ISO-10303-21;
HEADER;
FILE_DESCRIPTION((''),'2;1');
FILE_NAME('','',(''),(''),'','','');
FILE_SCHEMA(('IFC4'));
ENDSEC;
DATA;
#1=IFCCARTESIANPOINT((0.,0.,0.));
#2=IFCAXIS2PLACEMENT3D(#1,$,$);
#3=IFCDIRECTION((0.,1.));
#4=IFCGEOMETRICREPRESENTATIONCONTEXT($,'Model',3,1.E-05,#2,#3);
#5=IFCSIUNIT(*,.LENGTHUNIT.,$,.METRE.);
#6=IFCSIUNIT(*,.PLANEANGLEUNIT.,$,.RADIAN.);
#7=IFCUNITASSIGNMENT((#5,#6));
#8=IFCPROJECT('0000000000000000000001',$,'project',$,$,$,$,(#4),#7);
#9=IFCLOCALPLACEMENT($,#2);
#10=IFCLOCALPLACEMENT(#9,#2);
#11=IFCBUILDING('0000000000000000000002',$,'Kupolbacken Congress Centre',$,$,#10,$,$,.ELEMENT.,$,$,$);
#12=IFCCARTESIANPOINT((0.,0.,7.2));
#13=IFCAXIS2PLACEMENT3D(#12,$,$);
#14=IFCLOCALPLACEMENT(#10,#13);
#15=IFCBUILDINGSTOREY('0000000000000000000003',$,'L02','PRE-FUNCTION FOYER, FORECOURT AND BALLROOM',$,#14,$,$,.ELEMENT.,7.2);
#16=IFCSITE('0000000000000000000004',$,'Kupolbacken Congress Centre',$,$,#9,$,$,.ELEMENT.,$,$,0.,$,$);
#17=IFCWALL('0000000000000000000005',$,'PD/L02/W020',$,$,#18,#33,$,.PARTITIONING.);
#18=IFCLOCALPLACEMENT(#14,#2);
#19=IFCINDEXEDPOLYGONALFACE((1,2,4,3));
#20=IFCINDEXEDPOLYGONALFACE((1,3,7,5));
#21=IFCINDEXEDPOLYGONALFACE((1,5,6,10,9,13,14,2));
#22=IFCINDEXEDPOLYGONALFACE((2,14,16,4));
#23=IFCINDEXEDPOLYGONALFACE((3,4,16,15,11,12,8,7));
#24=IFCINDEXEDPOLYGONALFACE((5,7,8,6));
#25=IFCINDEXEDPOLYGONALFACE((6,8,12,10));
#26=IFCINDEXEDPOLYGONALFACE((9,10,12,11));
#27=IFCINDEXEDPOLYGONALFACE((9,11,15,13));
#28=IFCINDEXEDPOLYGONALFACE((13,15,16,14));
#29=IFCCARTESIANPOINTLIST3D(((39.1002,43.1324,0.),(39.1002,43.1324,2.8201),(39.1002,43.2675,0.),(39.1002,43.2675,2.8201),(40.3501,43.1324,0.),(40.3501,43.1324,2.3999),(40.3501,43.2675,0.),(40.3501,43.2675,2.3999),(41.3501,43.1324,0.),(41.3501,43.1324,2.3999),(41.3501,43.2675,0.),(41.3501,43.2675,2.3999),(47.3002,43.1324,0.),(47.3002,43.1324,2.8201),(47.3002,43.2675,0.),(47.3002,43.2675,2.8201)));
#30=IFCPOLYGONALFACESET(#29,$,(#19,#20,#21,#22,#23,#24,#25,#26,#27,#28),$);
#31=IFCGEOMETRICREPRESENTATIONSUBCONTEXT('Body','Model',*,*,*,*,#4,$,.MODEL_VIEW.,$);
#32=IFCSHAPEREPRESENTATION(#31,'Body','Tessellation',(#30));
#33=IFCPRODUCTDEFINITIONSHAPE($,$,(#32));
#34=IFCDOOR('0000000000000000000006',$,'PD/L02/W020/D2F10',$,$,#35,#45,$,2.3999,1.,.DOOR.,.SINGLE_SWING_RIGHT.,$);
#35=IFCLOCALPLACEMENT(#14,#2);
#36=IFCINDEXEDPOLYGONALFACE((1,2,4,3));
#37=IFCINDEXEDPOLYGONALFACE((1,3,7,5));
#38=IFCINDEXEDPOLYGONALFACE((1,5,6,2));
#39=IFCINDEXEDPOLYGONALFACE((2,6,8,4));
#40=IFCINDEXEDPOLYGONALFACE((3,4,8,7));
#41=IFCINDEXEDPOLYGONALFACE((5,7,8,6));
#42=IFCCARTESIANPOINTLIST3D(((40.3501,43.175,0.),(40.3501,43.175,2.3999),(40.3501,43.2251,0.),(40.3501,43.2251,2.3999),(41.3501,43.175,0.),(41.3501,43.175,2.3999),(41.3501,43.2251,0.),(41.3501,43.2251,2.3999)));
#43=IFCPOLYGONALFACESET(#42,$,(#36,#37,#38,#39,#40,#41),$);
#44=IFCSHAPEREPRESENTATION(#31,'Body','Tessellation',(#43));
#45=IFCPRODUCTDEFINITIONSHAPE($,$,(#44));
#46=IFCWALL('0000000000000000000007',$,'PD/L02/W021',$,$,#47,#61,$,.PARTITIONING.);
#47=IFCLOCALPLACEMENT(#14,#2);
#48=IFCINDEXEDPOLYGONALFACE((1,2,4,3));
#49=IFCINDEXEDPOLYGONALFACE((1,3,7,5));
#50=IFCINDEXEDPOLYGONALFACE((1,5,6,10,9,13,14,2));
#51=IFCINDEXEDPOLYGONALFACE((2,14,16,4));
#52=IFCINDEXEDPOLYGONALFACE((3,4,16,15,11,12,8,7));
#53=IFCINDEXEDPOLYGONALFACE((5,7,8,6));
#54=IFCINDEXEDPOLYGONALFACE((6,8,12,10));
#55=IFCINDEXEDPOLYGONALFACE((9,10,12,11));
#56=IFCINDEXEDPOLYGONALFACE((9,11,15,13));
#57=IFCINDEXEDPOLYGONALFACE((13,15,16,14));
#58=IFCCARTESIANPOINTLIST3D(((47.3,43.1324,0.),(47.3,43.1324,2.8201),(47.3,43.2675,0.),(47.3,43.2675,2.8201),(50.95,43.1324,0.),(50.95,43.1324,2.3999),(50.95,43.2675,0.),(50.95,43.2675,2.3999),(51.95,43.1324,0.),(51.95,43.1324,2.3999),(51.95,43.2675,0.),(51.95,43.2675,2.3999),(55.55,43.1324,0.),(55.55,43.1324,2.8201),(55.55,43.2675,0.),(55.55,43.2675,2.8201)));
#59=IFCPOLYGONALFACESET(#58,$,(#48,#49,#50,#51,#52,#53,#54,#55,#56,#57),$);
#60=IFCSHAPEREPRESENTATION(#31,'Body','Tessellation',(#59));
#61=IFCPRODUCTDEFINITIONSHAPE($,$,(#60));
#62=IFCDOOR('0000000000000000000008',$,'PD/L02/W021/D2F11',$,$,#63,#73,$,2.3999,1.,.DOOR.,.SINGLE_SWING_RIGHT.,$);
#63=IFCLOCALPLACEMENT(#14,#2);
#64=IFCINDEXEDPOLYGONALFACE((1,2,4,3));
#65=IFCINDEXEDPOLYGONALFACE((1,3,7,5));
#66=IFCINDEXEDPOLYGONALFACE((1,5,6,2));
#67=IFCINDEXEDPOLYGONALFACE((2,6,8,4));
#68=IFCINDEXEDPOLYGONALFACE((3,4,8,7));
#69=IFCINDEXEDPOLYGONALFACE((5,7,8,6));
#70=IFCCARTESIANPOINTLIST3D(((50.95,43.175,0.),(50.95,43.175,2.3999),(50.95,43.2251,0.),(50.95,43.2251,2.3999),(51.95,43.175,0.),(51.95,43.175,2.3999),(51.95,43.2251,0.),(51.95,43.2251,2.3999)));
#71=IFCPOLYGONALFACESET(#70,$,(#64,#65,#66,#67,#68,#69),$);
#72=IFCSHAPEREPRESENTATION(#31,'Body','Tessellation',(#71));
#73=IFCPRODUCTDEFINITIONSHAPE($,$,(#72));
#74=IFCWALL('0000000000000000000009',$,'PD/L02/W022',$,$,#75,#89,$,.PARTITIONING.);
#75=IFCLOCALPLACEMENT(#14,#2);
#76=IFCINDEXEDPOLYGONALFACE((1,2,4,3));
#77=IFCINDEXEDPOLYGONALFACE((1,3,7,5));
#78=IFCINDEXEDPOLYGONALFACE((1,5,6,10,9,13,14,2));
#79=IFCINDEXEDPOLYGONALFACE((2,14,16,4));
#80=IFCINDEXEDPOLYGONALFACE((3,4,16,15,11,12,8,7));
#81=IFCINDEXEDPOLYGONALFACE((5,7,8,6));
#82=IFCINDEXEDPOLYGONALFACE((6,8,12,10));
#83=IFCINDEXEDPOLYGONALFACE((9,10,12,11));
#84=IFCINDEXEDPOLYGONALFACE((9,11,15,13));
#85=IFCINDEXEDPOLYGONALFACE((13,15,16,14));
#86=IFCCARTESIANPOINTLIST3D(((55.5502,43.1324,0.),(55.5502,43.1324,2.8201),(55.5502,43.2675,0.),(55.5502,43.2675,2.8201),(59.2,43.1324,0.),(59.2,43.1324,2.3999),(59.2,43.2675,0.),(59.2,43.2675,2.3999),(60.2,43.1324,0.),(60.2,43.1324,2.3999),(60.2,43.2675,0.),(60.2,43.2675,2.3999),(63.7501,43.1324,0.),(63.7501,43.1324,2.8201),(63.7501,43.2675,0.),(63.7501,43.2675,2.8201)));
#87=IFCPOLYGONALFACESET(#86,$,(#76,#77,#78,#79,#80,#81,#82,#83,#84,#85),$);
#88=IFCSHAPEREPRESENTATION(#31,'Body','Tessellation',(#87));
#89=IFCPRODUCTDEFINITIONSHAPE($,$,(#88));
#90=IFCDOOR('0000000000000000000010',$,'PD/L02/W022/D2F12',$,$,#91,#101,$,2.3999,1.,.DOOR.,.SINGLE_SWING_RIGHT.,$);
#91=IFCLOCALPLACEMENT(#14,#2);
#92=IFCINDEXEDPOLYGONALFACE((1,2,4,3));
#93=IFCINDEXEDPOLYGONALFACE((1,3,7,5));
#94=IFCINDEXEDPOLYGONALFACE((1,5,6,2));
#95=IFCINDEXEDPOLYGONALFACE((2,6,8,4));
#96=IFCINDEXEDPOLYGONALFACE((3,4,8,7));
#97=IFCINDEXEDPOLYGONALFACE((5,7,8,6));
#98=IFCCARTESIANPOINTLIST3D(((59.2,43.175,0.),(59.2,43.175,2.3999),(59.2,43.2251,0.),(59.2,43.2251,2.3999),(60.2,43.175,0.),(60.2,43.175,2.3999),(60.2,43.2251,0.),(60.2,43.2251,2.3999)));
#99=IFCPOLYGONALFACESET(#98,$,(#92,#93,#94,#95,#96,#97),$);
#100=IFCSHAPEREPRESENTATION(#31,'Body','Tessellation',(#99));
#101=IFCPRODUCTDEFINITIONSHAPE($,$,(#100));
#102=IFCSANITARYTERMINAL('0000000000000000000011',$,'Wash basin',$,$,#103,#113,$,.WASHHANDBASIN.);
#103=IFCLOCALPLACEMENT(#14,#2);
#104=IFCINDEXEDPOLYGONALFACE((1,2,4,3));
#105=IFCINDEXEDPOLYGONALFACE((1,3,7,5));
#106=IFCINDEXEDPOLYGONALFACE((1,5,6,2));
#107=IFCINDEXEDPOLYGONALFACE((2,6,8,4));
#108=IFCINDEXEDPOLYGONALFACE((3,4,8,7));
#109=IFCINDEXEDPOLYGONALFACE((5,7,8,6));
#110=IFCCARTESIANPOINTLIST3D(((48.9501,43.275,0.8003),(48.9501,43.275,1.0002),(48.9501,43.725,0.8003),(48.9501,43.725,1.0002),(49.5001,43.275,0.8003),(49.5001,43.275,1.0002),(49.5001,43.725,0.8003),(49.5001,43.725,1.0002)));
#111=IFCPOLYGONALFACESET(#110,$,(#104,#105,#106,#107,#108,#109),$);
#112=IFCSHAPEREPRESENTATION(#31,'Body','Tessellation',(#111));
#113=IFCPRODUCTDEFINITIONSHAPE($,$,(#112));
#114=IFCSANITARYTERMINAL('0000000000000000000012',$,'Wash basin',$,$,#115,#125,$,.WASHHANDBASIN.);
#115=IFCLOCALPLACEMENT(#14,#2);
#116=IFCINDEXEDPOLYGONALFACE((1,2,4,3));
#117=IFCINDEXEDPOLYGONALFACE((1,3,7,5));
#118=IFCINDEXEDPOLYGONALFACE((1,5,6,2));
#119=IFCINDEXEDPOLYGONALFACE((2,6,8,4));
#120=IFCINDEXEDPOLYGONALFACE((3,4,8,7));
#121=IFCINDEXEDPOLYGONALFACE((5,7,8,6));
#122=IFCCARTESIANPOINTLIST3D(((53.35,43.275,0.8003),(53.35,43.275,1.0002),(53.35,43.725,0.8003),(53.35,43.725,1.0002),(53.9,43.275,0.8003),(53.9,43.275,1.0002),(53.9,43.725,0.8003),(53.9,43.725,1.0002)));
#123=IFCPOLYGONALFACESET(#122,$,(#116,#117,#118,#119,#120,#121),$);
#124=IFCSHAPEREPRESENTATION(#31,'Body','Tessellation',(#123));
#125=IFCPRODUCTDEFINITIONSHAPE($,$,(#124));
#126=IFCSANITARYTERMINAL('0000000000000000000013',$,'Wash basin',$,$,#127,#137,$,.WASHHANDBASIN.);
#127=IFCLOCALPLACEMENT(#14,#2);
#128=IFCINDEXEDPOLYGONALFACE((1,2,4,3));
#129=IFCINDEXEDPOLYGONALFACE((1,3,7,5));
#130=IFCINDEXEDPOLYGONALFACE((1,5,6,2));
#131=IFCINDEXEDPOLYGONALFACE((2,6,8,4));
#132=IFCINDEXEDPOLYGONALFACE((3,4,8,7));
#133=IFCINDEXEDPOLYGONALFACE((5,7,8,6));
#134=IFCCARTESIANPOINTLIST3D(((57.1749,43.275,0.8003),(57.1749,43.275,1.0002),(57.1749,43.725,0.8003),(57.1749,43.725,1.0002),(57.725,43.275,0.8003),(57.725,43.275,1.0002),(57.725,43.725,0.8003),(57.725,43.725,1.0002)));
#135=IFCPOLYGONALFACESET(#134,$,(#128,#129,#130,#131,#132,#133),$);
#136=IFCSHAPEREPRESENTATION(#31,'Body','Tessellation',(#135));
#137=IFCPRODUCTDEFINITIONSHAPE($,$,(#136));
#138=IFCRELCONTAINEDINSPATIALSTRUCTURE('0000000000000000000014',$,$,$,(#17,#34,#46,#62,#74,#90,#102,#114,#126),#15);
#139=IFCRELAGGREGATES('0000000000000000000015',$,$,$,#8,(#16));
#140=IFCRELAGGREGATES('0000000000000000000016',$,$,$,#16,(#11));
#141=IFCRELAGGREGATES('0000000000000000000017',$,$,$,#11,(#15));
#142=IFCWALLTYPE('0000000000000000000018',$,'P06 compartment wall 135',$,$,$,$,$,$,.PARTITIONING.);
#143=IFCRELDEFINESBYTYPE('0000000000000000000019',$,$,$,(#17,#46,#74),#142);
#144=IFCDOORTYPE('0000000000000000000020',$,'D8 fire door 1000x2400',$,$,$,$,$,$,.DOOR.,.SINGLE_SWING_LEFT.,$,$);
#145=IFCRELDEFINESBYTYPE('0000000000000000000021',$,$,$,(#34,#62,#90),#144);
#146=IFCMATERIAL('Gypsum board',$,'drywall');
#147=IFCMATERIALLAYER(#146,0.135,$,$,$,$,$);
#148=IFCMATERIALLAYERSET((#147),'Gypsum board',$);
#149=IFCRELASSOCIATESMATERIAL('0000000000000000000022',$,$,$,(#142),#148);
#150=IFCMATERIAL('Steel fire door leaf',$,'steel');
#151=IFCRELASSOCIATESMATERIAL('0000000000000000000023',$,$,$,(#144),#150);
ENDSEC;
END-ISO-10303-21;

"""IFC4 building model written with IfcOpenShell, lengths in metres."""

from ifc_helpers import new_model, si_unit, direction, frame, frame_2d, origin, origin_2d, place, context, subcontext, project, spatial, rectangle, extrude, material, layer, layer_set, type_object, element, fill, save


model = new_model("IFC4")

# Units and contexts
model_context = context("Model", 3, precision=1e-05, world=origin(), true_north=direction((0.0, 1.0)))
body_context = subcontext(model_context, "Body", "Model", "MODEL_VIEW")
ifc_project = project(units=[si_unit("LENGTHUNIT", "METRE"), si_unit("PLANEANGLEUNIT", "RADIAN")], contexts=[model_context])

# Site, building, storey
site_placement = place(None, origin())
site = spatial("IfcSite", under=ifc_project, at=site_placement, Name="Kupolbacken Congress Centre", CompositionType="ELEMENT", RefElevation=0.0)
building_placement = place(site_placement, origin())
building = spatial("IfcBuilding", under=site, at=building_placement, Name="Kupolbacken Congress Centre", CompositionType="ELEMENT")
storey_placement = place(building_placement, frame((0.0, 0.0, 7.2)))
storey = spatial("IfcBuildingStorey", under=building, at=storey_placement, Name="L02", Description="PRE-FUNCTION FOYER, FORECOURT AND BALLROOM", CompositionType="ELEMENT", Elevation=7.2)

# Walls, openings, doors
ifc_material_1 = material(Name="Gypsum board", Category="drywall")
ifc_layer_1 = layer(ifc_material_1, 0.135)
ifc_layer_set_1 = layer_set([ifc_layer_1], Name="Gypsum board")
wall_type_1 = type_object("IfcWallType", Name="P06 compartment wall 135", PredefinedType="PARTITIONING", material=ifc_layer_set_1)
wall_1_placement = place(storey_placement, frame((39.1001, 43.2, 0.0), z_axis=(0.0, 0.0, 1.0), x_axis=(1.0, 0.0, 0.0)))
wall_1 = element("IfcWall", 1, at=wall_1_placement, inside=storey, type_object=wall_type_1, Name="PD/L02/W020", PredefinedType="PARTITIONING", context=body_context, shape_type="SweptSolid", body=[
    extrude(rectangle(XDim=8.2, YDim=0.135, at=frame_2d((4.1001, 0.0))), origin(), (0.0, 0.0, 1.0), 2.8201),
])
opening_1_placement = place(wall_1_placement, frame((1.25, 0.0, 0.0)))
opening_1 = element("IfcOpeningElement", 2, at=opening_1_placement, cuts=wall_1, PredefinedType="OPENING", context=body_context, shape_type="SweptSolid", body=[
    extrude(rectangle(XDim=1.0, YDim=2.3999, at=frame_2d((0.5, 1.2))), frame((0.0, 0.0774, 0.0), z_axis=(0.0, -1.0, 0.0), x_axis=(1.0, 0.0, 0.0)), (0.0, 0.0, 1.0), 0.155),
])
ifc_material_2 = material(Name="Steel fire door leaf", Category="steel")
door_type_1 = type_object("IfcDoorType", Name="D8 fire door 1000x2400", OperationType="SINGLE_SWING_LEFT", PredefinedType="DOOR", material=ifc_material_2)
door_1_placement = place(opening_1_placement, frame((1.0, 0.0, 0.0), z_axis=(0.0, 0.0, 1.0), x_axis=(-1.0, 0.0, 0.0)))
door_1 = element("IfcDoor", 3, at=door_1_placement, inside=storey, type_object=door_type_1, Name="PD/L02/W020/D2F10", OperationType="SINGLE_SWING_RIGHT", OverallHeight=2.3999, OverallWidth=1.0, PredefinedType="DOOR", context=body_context, shape_type="SweptSolid", body=[
    extrude(rectangle(XDim=1.0, YDim=2.3999, at=frame_2d((0.5, 1.2))), frame((0.0, 0.0249, 0.0), z_axis=(0.0, -1.0, 0.0), x_axis=(1.0, 0.0, 0.0)), (0.0, 0.0, 1.0), 0.05),
])
fill(opening_1, door_1)
wall_2_placement = place(storey_placement, frame((47.3, 43.2, 0.0), z_axis=(0.0, 0.0, 1.0), x_axis=(1.0, 0.0, 0.0)))
wall_2 = element("IfcWall", 4, at=wall_2_placement, inside=storey, type_object=wall_type_1, Name="PD/L02/W021", PredefinedType="PARTITIONING", context=body_context, shape_type="SweptSolid", body=[
    extrude(rectangle(XDim=8.25, YDim=0.135, at=frame_2d((4.125, 0.0))), origin(), (0.0, 0.0, 1.0), 2.8201),
])
opening_2_placement = place(wall_2_placement, frame((3.6499, 0.0, 0.0)))
opening_2 = element("IfcOpeningElement", 5, at=opening_2_placement, cuts=wall_2, PredefinedType="OPENING", context=body_context, shape_type="SweptSolid", body=[
    extrude(rectangle(XDim=1.0, YDim=2.3999, at=frame_2d((0.5, 1.2))), frame((0.0, 0.0774, 0.0), z_axis=(0.0, -1.0, 0.0), x_axis=(1.0, 0.0, 0.0)), (0.0, 0.0, 1.0), 0.155),
])
door_2_placement = place(opening_2_placement, frame((1.0, 0.0, 0.0), z_axis=(0.0, 0.0, 1.0), x_axis=(-1.0, 0.0, 0.0)))
door_2 = element("IfcDoor", 6, at=door_2_placement, inside=storey, type_object=door_type_1, Name="PD/L02/W021/D2F11", OperationType="SINGLE_SWING_RIGHT", OverallHeight=2.3999, OverallWidth=1.0, PredefinedType="DOOR", context=body_context, shape_type="SweptSolid", body=[
    extrude(rectangle(XDim=1.0, YDim=2.3999, at=frame_2d((0.5, 1.2))), frame((0.0, 0.0249, 0.0), z_axis=(0.0, -1.0, 0.0), x_axis=(1.0, 0.0, 0.0)), (0.0, 0.0, 1.0), 0.05),
])
fill(opening_2, door_2)
wall_3_placement = place(storey_placement, frame((55.55, 43.2, 0.0), z_axis=(0.0, 0.0, 1.0), x_axis=(1.0, 0.0, 0.0)))
wall_3 = element("IfcWall", 7, at=wall_3_placement, inside=storey, type_object=wall_type_1, Name="PD/L02/W022", PredefinedType="PARTITIONING", context=body_context, shape_type="SweptSolid", body=[
    extrude(rectangle(XDim=8.2, YDim=0.135, at=frame_2d((4.1001, 0.0))), origin(), (0.0, 0.0, 1.0), 2.8201),
])
opening_3_placement = place(wall_3_placement, frame((3.6499, 0.0, 0.0)))
opening_3 = element("IfcOpeningElement", 8, at=opening_3_placement, cuts=wall_3, PredefinedType="OPENING", context=body_context, shape_type="SweptSolid", body=[
    extrude(rectangle(XDim=1.0, YDim=2.3999, at=frame_2d((0.5, 1.2))), frame((0.0, 0.0774, 0.0), z_axis=(0.0, -1.0, 0.0), x_axis=(1.0, 0.0, 0.0)), (0.0, 0.0, 1.0), 0.155),
])
door_3_placement = place(opening_3_placement, frame((1.0, 0.0, 0.0), z_axis=(0.0, 0.0, 1.0), x_axis=(-1.0, 0.0, 0.0)))
door_3 = element("IfcDoor", 9, at=door_3_placement, inside=storey, type_object=door_type_1, Name="PD/L02/W022/D2F12", OperationType="SINGLE_SWING_RIGHT", OverallHeight=2.3999, OverallWidth=1.0, PredefinedType="DOOR", context=body_context, shape_type="SweptSolid", body=[
    extrude(rectangle(XDim=1.0, YDim=2.3999, at=frame_2d((0.5, 1.2))), frame((0.0, 0.0249, 0.0), z_axis=(0.0, -1.0, 0.0), x_axis=(1.0, 0.0, 0.0)), (0.0, 0.0, 1.0), 0.05),
])
fill(opening_3, door_3)

# Sanitary terminals
for number, where, z_axis, x_axis, name in (
    (10, (49.2251, 43.5, 0.8003), (0.0, 0.0, 1.0), (1.0, 0.0, 0.0), "Wash basin"),
    (11, (53.625, 43.5, 0.8003), (0.0, 0.0, 1.0), (1.0, 0.0, 0.0), "Wash basin"),
    (12, (57.45, 43.5, 0.8003), (0.0, 0.0, 1.0), (1.0, 0.0, 0.0), "Wash basin"),
):
    element("IfcSanitaryTerminal", number, at=place(storey_placement, frame(where, z_axis=z_axis, x_axis=x_axis)), inside=storey, Name=name, PredefinedType="WASHHANDBASIN", context=body_context, shape_type="SweptSolid", body=[
        extrude(rectangle(XDim=0.55, YDim=0.45, at=origin_2d()), origin(), (0.0, 0.0, 1.0), 0.2),
    ])

save(model, "model.ifc")
